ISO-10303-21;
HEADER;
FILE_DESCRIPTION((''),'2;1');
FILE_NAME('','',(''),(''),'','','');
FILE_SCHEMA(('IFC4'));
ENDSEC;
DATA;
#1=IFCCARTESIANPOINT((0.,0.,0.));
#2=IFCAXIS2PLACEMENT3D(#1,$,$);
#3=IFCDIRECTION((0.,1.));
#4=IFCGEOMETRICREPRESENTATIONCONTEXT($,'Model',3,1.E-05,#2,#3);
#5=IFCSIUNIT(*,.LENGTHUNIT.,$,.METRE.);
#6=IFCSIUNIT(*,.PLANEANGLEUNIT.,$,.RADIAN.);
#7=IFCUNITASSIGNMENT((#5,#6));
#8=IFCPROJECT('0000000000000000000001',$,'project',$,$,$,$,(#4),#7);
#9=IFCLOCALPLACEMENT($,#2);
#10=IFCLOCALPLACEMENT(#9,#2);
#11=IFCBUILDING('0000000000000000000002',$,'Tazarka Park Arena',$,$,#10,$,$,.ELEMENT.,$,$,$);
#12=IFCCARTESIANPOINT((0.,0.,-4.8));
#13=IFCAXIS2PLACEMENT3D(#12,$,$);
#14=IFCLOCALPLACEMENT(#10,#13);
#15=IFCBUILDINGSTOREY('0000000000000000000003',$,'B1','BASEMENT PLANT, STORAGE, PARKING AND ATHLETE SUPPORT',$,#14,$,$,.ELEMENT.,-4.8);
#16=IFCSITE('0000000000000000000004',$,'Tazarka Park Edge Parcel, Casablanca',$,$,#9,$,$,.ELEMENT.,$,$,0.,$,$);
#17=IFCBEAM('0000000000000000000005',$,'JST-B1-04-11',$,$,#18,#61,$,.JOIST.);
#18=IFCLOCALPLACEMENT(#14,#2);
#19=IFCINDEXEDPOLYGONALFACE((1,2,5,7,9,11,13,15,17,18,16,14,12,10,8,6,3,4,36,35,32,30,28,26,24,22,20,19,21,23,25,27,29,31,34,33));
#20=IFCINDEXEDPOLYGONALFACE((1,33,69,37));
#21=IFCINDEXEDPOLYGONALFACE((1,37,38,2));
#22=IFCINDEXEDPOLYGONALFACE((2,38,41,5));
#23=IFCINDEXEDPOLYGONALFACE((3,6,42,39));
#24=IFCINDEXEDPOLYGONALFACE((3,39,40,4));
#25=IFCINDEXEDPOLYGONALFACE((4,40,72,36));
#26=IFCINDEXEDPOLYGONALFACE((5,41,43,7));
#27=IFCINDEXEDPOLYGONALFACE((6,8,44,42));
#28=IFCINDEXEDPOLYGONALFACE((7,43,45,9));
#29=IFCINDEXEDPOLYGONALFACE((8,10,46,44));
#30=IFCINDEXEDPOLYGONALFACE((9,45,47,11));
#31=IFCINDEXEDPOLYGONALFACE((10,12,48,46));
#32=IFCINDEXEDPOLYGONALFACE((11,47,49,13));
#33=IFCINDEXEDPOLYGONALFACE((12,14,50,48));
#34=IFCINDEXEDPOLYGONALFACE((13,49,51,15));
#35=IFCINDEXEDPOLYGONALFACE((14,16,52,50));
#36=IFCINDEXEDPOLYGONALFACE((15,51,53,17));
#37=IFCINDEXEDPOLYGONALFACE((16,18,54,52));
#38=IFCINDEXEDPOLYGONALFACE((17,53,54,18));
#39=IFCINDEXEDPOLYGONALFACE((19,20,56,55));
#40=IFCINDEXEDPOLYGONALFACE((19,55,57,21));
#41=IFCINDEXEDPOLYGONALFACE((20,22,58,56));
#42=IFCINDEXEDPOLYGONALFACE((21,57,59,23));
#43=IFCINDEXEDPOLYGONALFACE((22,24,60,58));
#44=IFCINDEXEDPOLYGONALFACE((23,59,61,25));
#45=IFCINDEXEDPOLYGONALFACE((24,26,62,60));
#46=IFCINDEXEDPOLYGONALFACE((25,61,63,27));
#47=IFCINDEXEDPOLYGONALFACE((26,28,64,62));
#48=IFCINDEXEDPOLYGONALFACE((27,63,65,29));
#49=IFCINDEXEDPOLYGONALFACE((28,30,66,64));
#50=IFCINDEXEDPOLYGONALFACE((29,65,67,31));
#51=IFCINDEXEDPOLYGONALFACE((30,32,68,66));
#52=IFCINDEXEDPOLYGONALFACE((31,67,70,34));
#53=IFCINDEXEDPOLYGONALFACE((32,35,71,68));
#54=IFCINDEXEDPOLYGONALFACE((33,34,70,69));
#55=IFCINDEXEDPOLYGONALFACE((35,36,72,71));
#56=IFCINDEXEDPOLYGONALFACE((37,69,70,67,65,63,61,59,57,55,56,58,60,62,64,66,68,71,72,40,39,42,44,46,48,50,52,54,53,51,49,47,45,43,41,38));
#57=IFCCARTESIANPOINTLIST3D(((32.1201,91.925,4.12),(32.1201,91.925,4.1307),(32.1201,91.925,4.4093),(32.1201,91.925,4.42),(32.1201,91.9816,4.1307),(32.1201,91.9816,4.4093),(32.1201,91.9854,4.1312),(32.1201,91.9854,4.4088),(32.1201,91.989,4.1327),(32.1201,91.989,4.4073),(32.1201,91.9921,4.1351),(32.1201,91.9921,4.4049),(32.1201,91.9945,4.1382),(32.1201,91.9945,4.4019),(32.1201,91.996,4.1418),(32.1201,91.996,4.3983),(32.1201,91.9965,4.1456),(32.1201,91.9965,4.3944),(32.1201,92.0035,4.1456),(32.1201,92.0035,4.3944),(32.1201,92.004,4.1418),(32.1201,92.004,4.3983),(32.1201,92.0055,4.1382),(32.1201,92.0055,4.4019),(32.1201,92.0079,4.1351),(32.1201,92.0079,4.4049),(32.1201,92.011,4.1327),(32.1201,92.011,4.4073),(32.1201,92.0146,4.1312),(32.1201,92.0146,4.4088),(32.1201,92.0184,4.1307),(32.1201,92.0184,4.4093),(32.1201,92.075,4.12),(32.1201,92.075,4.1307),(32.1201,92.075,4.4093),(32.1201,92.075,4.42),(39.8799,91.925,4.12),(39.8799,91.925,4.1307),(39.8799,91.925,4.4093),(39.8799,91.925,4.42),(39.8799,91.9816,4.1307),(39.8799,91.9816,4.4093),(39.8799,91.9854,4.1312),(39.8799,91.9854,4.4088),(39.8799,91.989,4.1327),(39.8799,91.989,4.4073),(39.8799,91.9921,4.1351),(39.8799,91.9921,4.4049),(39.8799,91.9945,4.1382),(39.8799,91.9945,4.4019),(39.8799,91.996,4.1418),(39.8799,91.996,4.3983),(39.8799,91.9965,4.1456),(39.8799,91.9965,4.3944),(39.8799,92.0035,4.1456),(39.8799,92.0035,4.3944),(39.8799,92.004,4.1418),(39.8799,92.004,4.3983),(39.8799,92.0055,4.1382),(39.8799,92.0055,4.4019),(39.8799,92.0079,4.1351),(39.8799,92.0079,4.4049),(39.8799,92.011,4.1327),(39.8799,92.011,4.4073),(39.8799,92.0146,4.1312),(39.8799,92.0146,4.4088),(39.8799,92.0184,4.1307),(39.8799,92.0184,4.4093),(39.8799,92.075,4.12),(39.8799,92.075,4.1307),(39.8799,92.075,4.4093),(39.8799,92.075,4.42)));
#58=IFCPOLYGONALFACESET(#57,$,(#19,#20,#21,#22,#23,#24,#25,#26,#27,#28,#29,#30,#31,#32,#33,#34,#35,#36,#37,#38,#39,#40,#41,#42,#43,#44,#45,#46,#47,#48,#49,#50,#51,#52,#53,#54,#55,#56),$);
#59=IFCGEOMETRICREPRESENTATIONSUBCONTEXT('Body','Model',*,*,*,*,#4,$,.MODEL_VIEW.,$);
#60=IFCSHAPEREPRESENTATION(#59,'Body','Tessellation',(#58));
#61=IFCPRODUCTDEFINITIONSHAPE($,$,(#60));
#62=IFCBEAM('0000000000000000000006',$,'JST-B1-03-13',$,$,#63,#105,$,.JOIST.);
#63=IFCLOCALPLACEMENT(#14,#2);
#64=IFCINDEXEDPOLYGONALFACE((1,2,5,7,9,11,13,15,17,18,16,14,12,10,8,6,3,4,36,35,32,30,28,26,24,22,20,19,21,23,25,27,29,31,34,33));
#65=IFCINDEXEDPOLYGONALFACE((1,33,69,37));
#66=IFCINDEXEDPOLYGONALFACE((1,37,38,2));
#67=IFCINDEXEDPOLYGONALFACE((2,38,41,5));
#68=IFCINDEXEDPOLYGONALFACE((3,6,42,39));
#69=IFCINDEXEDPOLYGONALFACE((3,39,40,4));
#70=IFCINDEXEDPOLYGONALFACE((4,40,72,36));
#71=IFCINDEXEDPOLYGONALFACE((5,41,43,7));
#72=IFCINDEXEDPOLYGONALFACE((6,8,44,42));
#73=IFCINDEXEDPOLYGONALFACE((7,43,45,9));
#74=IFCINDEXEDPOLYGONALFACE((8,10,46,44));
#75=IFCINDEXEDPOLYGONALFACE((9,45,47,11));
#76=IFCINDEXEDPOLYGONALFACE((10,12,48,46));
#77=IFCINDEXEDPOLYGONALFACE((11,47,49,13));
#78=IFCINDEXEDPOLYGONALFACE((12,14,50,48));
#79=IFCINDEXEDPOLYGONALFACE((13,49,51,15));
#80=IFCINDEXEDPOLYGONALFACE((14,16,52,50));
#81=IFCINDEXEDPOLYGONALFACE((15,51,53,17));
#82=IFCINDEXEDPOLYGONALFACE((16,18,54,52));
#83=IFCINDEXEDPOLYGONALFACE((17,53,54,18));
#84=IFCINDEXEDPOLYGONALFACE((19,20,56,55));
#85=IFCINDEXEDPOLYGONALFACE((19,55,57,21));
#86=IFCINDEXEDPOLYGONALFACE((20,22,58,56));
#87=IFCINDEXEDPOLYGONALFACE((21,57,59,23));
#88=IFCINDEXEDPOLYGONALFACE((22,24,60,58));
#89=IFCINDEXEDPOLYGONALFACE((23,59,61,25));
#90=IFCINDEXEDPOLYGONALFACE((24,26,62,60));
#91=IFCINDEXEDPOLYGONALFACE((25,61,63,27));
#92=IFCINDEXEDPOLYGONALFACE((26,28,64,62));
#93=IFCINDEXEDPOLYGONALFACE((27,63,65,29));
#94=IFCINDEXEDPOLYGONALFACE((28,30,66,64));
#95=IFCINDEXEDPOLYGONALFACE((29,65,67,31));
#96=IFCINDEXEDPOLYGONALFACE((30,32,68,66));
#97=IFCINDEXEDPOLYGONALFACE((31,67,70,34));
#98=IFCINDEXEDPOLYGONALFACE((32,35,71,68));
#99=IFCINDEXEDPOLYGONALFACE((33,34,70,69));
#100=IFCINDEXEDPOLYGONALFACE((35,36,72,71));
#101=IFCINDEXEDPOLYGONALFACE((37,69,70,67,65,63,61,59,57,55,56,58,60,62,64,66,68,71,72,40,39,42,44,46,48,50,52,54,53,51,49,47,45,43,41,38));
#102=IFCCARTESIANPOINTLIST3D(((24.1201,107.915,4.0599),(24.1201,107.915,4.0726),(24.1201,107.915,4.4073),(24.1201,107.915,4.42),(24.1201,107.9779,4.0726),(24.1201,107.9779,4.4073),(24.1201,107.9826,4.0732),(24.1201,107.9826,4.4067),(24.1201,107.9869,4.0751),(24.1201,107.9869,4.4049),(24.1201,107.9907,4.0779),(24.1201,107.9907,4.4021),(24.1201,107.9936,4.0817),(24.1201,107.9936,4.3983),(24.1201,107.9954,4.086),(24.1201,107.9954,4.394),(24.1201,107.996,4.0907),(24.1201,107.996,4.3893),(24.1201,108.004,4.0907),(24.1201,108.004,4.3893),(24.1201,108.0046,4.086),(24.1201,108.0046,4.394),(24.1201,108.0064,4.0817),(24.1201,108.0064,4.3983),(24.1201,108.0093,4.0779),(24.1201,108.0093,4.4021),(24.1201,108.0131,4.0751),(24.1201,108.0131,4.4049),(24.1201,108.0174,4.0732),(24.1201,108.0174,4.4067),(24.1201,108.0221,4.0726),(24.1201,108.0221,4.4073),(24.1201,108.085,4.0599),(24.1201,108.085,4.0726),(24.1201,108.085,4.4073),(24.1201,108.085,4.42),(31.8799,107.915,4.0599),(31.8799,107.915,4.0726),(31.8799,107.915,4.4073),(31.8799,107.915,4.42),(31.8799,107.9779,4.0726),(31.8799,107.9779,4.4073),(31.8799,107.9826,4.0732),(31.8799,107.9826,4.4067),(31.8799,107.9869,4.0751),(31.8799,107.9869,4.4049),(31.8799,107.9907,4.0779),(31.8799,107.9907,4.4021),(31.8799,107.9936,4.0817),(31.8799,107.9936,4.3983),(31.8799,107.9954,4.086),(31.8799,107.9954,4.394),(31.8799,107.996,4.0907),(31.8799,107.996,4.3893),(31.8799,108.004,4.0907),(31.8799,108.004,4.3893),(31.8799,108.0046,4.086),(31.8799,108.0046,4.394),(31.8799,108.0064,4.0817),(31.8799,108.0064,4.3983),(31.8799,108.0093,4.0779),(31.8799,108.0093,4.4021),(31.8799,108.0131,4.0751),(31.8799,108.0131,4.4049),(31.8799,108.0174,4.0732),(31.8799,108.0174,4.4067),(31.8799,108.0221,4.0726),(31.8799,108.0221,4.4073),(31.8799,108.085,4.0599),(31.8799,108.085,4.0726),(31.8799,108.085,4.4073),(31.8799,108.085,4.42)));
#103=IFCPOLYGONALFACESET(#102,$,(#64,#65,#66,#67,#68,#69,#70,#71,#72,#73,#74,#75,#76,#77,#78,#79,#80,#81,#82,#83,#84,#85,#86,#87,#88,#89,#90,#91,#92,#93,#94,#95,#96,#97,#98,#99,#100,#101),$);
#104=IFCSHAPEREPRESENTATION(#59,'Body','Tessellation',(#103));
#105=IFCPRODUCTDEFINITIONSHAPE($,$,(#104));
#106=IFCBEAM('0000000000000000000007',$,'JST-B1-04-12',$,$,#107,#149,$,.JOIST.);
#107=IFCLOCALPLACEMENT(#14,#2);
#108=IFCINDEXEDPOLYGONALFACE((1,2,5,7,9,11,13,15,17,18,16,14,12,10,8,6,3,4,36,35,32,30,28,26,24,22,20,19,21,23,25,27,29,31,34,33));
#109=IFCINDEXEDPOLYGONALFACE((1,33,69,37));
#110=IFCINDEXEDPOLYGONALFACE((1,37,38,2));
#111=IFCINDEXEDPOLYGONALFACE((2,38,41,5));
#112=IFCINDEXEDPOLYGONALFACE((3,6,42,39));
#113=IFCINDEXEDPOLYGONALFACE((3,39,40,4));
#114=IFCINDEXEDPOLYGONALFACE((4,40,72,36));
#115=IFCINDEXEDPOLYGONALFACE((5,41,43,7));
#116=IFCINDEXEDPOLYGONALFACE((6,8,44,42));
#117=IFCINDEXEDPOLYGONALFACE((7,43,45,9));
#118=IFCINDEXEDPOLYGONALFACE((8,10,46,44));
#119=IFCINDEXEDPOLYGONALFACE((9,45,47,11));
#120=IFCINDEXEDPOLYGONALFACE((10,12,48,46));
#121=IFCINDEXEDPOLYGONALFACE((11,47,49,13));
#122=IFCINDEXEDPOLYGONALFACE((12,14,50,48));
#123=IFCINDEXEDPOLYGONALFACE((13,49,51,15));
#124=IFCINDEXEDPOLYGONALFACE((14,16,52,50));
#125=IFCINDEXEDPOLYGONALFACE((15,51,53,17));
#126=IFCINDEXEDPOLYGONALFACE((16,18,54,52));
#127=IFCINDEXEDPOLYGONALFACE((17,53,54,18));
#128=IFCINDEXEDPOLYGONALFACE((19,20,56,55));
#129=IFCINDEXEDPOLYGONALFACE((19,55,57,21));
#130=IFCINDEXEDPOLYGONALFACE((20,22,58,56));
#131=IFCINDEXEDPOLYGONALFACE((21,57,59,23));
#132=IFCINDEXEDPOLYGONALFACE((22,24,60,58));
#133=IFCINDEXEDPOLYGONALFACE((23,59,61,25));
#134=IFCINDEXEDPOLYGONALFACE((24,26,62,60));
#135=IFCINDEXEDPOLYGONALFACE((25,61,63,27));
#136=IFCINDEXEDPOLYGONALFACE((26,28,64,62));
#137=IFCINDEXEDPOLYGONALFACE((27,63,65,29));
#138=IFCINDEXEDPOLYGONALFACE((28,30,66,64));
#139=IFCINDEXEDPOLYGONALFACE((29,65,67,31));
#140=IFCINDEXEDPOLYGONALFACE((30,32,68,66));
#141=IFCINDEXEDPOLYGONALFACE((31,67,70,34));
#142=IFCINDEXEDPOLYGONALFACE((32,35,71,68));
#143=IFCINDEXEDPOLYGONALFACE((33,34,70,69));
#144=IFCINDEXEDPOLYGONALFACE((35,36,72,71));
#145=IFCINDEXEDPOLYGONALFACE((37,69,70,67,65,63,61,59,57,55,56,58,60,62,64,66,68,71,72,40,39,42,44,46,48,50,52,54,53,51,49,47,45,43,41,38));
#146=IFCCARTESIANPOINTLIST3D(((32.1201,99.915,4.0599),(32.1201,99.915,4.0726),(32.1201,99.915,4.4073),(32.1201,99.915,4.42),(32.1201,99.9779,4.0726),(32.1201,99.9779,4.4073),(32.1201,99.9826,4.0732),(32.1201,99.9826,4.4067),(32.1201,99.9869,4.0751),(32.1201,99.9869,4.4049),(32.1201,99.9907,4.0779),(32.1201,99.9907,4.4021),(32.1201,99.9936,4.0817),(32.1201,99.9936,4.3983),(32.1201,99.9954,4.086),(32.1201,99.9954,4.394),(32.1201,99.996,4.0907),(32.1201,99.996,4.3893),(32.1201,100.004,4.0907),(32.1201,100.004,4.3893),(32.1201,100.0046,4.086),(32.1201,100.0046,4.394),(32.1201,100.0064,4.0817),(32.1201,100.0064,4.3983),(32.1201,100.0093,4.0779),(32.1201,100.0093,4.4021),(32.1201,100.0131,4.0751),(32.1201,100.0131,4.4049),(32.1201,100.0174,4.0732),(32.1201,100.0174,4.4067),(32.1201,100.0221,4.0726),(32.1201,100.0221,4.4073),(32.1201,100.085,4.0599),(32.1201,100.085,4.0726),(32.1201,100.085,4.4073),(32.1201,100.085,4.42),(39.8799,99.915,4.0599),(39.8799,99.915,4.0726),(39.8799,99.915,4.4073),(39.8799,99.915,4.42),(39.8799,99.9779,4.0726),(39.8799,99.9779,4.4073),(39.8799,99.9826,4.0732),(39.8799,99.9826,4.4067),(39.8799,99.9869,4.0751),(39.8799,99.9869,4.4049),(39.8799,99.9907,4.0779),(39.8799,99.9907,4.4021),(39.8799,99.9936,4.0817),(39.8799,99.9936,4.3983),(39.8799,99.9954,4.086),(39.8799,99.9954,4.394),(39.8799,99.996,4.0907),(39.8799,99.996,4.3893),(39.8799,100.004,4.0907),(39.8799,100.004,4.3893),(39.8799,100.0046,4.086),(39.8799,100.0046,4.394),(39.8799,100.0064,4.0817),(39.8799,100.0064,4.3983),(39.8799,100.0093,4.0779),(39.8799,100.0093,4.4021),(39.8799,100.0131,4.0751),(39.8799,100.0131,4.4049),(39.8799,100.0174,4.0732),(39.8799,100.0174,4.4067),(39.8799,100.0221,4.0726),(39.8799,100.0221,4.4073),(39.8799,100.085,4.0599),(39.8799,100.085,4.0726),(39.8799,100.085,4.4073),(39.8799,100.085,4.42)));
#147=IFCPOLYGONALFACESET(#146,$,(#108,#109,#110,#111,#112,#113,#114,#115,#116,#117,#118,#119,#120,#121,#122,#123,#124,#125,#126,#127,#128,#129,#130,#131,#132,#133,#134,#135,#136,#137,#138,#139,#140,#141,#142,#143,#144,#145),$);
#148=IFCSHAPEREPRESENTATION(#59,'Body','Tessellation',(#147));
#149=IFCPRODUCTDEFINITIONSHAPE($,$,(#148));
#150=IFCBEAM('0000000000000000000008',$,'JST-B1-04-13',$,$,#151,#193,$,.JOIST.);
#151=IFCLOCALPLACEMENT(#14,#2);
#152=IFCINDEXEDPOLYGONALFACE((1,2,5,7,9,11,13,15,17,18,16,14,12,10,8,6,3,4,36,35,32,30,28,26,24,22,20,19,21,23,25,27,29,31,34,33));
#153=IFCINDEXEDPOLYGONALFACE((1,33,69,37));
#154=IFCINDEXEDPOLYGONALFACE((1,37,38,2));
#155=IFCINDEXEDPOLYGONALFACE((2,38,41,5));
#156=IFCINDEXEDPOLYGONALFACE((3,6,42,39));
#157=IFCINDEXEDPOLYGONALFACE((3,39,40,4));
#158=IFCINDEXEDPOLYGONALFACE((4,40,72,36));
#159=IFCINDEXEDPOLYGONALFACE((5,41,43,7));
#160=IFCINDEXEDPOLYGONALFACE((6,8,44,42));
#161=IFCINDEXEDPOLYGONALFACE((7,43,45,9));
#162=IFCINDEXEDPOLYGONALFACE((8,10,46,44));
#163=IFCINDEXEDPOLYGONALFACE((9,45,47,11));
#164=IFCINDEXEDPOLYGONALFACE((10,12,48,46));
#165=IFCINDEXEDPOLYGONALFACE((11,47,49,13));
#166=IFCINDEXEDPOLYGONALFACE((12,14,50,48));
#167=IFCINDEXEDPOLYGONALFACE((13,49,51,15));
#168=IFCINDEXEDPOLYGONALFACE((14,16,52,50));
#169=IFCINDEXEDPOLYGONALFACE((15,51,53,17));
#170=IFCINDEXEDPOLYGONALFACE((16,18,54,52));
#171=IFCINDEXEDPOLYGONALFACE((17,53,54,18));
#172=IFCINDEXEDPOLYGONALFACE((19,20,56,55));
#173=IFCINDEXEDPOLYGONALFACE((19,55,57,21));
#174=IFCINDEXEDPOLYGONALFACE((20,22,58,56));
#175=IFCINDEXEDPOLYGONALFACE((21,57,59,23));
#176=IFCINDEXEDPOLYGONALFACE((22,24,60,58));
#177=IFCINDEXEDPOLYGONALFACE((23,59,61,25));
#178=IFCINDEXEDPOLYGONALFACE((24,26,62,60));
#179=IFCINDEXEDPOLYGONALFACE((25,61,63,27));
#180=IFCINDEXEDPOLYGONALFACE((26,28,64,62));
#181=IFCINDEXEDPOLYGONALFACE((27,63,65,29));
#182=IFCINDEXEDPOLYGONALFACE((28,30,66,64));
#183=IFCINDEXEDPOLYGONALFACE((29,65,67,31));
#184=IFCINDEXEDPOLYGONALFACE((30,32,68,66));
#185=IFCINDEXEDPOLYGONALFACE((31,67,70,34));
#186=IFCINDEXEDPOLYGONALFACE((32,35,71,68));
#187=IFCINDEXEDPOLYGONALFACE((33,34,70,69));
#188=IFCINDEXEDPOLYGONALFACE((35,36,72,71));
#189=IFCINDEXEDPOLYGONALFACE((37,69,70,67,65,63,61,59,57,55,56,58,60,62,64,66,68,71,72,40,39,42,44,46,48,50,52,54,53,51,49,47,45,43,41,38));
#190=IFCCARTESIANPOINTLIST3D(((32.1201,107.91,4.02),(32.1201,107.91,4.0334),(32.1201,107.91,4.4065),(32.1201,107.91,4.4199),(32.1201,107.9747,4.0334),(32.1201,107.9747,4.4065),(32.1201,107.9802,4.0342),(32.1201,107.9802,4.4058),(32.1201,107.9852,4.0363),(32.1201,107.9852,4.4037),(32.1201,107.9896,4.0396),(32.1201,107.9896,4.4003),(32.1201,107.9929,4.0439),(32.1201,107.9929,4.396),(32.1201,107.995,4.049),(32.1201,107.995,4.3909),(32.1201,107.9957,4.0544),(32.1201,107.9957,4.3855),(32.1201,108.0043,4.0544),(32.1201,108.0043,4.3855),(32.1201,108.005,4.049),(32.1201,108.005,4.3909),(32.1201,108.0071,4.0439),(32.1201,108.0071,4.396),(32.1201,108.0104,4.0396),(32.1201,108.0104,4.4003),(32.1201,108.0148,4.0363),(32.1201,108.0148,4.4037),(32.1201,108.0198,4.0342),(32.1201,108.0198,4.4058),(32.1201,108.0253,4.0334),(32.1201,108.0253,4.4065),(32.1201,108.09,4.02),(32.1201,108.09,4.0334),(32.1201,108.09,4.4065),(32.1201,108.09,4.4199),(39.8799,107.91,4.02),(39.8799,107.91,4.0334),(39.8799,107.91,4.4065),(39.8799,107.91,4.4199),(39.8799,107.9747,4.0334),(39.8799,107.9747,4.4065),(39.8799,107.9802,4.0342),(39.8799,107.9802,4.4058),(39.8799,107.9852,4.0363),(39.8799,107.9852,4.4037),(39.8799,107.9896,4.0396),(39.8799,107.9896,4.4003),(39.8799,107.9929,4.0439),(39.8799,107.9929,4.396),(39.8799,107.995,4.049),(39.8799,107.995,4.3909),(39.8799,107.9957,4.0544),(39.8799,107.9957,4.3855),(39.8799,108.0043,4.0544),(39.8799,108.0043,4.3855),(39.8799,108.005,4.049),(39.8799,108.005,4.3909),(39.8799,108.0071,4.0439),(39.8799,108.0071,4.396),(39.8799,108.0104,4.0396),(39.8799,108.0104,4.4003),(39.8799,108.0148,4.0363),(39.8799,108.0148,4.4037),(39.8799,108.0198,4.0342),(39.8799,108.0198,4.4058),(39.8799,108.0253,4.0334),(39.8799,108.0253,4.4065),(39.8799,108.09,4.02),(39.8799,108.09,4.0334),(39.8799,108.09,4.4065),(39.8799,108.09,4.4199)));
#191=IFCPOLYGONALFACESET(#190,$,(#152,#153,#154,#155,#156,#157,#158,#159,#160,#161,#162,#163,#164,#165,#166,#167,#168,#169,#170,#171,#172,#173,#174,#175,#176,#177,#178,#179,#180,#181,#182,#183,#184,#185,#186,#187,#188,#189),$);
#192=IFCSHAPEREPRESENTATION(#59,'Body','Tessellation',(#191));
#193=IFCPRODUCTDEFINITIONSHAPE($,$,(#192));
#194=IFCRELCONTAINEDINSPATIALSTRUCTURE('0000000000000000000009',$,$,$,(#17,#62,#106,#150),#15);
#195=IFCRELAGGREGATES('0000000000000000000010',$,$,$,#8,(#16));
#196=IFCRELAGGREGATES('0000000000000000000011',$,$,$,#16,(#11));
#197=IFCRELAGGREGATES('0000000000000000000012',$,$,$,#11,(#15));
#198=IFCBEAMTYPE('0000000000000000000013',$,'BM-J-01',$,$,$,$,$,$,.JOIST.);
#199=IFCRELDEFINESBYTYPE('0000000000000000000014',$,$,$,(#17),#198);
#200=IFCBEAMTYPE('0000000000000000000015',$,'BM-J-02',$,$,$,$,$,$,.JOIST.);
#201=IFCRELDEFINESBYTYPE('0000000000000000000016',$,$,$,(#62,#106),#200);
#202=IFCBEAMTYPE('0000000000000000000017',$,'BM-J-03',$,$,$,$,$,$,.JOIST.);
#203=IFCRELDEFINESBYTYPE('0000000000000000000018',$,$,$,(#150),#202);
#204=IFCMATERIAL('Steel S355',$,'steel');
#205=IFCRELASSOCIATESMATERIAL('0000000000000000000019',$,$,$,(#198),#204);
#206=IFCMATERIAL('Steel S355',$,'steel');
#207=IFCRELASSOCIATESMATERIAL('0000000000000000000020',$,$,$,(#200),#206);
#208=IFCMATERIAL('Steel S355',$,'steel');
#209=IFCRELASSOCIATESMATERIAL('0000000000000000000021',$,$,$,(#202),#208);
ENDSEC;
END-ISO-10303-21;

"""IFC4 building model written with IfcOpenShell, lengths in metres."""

from ifc_helpers import new_model, si_unit, direction, frame, origin, origin_2d, place, context, subcontext, project, spatial, i_section, extrude, material, material_profile, profile_set, type_object, element, save


model = new_model("IFC4")

# Units and contexts
model_context = context("Model", 3, precision=1e-05, world=origin(), true_north=direction((0.0, 1.0)))
body_context = subcontext(model_context, "Body", "Model", "MODEL_VIEW")
ifc_project = project(units=[si_unit("LENGTHUNIT", "METRE"), si_unit("PLANEANGLEUNIT", "RADIAN")], contexts=[model_context])

# Site, building, storey
site_placement = place(None, origin())
site = spatial("IfcSite", under=ifc_project, at=site_placement, Name="Tazarka Park Edge Parcel, Casablanca", CompositionType="ELEMENT", RefElevation=0.0)
building_placement = place(site_placement, origin())
building = spatial("IfcBuilding", under=site, at=building_placement, Name="Tazarka Park Arena", CompositionType="ELEMENT")
storey_placement = place(building_placement, frame((0.0, 0.0, -4.8)))
storey = spatial("IfcBuildingStorey", under=building, at=storey_placement, Name="B1", Description="BASEMENT PLANT, STORAGE, PARKING AND ATHLETE SUPPORT", CompositionType="ELEMENT", Elevation=-4.8)

# Beams
ifc_material_1 = material(Name="Steel S355", Category="steel")
ifc_material_profile_1 = material_profile(ifc_material_1, i_section(OverallWidth=0.1499, OverallDepth=0.3, WebThickness=0.0071, FlangeThickness=0.0107, FilletRadius=0.0149, at=origin_2d()), Name="Steel S355")
ifc_profile_set_1 = profile_set([ifc_material_profile_1], Name="Steel S355")
beam_type_1 = type_object("IfcBeamType", Name="BM-J-01", PredefinedType="JOIST", material=ifc_profile_set_1)
beam_1_placement = place(storey_placement, frame((32.1201, 92.0, 4.27), z_axis=(1.0, 0.0, 0.0), x_axis=(0.0, 1.0, 0.0)))
element("IfcBeam", 1, at=beam_1_placement, inside=storey, type_object=beam_type_1, Name="JST-B1-04-11", PredefinedType="JOIST", context=body_context, shape_type="SweptSolid", body=[
    extrude(i_section(OverallWidth=0.1499, OverallDepth=0.3, WebThickness=0.0071, FlangeThickness=0.0107, FilletRadius=0.0149, at=origin_2d()), origin(), (0.0, 0.0, 1.0), 7.7598),
])
ifc_material_2 = material(Name="Steel S355", Category="steel")
ifc_material_profile_2 = material_profile(ifc_material_2, i_section(OverallWidth=0.1699, OverallDepth=0.3601, WebThickness=0.0081, FlangeThickness=0.0127, FilletRadius=0.0181, at=origin_2d()), Name="Steel S355")
ifc_profile_set_2 = profile_set([ifc_material_profile_2], Name="Steel S355")
beam_type_2 = type_object("IfcBeamType", Name="BM-J-02", PredefinedType="JOIST", material=ifc_profile_set_2)
for number, where, z_axis, x_axis, name in (
    (2, (24.1201, 108.0, 4.24), (1.0, 0.0, 0.0), (0.0, 1.0, 0.0), "JST-B1-03-13"),
    (3, (32.1201, 100.0, 4.24), (1.0, 0.0, 0.0), (0.0, 1.0, 0.0), "JST-B1-04-12"),
):
    element("IfcBeam", number, at=place(storey_placement, frame(where, z_axis=z_axis, x_axis=x_axis)), inside=storey, type_object=beam_type_2, Name=name, PredefinedType="JOIST", context=body_context, shape_type="SweptSolid", body=[
        extrude(i_section(OverallWidth=0.1699, OverallDepth=0.3601, WebThickness=0.0081, FlangeThickness=0.0127, FilletRadius=0.0181, at=origin_2d()), origin(), (0.0, 0.0, 1.0), 7.7598),
    ])
ifc_material_3 = material(Name="Steel S355", Category="steel")
ifc_material_profile_3 = material_profile(ifc_material_3, i_section(OverallWidth=0.1799, OverallDepth=0.3999, WebThickness=0.0085, FlangeThickness=0.0134, FilletRadius=0.021, at=origin_2d()), Name="Steel S355")
ifc_profile_set_3 = profile_set([ifc_material_profile_3], Name="Steel S355")
beam_type_3 = type_object("IfcBeamType", Name="BM-J-03", PredefinedType="JOIST", material=ifc_profile_set_3)
beam_2_placement = place(storey_placement, frame((32.1201, 108.0, 4.22), z_axis=(1.0, 0.0, 0.0), x_axis=(0.0, 1.0, 0.0)))
element("IfcBeam", 4, at=beam_2_placement, inside=storey, type_object=beam_type_3, Name="JST-B1-04-13", PredefinedType="JOIST", context=body_context, shape_type="SweptSolid", body=[
    extrude(i_section(OverallWidth=0.1799, OverallDepth=0.3999, WebThickness=0.0085, FlangeThickness=0.0134, FilletRadius=0.021, at=origin_2d()), origin(), (0.0, 0.0, 1.0), 7.7598),
])

save(model, "model.ifc")
